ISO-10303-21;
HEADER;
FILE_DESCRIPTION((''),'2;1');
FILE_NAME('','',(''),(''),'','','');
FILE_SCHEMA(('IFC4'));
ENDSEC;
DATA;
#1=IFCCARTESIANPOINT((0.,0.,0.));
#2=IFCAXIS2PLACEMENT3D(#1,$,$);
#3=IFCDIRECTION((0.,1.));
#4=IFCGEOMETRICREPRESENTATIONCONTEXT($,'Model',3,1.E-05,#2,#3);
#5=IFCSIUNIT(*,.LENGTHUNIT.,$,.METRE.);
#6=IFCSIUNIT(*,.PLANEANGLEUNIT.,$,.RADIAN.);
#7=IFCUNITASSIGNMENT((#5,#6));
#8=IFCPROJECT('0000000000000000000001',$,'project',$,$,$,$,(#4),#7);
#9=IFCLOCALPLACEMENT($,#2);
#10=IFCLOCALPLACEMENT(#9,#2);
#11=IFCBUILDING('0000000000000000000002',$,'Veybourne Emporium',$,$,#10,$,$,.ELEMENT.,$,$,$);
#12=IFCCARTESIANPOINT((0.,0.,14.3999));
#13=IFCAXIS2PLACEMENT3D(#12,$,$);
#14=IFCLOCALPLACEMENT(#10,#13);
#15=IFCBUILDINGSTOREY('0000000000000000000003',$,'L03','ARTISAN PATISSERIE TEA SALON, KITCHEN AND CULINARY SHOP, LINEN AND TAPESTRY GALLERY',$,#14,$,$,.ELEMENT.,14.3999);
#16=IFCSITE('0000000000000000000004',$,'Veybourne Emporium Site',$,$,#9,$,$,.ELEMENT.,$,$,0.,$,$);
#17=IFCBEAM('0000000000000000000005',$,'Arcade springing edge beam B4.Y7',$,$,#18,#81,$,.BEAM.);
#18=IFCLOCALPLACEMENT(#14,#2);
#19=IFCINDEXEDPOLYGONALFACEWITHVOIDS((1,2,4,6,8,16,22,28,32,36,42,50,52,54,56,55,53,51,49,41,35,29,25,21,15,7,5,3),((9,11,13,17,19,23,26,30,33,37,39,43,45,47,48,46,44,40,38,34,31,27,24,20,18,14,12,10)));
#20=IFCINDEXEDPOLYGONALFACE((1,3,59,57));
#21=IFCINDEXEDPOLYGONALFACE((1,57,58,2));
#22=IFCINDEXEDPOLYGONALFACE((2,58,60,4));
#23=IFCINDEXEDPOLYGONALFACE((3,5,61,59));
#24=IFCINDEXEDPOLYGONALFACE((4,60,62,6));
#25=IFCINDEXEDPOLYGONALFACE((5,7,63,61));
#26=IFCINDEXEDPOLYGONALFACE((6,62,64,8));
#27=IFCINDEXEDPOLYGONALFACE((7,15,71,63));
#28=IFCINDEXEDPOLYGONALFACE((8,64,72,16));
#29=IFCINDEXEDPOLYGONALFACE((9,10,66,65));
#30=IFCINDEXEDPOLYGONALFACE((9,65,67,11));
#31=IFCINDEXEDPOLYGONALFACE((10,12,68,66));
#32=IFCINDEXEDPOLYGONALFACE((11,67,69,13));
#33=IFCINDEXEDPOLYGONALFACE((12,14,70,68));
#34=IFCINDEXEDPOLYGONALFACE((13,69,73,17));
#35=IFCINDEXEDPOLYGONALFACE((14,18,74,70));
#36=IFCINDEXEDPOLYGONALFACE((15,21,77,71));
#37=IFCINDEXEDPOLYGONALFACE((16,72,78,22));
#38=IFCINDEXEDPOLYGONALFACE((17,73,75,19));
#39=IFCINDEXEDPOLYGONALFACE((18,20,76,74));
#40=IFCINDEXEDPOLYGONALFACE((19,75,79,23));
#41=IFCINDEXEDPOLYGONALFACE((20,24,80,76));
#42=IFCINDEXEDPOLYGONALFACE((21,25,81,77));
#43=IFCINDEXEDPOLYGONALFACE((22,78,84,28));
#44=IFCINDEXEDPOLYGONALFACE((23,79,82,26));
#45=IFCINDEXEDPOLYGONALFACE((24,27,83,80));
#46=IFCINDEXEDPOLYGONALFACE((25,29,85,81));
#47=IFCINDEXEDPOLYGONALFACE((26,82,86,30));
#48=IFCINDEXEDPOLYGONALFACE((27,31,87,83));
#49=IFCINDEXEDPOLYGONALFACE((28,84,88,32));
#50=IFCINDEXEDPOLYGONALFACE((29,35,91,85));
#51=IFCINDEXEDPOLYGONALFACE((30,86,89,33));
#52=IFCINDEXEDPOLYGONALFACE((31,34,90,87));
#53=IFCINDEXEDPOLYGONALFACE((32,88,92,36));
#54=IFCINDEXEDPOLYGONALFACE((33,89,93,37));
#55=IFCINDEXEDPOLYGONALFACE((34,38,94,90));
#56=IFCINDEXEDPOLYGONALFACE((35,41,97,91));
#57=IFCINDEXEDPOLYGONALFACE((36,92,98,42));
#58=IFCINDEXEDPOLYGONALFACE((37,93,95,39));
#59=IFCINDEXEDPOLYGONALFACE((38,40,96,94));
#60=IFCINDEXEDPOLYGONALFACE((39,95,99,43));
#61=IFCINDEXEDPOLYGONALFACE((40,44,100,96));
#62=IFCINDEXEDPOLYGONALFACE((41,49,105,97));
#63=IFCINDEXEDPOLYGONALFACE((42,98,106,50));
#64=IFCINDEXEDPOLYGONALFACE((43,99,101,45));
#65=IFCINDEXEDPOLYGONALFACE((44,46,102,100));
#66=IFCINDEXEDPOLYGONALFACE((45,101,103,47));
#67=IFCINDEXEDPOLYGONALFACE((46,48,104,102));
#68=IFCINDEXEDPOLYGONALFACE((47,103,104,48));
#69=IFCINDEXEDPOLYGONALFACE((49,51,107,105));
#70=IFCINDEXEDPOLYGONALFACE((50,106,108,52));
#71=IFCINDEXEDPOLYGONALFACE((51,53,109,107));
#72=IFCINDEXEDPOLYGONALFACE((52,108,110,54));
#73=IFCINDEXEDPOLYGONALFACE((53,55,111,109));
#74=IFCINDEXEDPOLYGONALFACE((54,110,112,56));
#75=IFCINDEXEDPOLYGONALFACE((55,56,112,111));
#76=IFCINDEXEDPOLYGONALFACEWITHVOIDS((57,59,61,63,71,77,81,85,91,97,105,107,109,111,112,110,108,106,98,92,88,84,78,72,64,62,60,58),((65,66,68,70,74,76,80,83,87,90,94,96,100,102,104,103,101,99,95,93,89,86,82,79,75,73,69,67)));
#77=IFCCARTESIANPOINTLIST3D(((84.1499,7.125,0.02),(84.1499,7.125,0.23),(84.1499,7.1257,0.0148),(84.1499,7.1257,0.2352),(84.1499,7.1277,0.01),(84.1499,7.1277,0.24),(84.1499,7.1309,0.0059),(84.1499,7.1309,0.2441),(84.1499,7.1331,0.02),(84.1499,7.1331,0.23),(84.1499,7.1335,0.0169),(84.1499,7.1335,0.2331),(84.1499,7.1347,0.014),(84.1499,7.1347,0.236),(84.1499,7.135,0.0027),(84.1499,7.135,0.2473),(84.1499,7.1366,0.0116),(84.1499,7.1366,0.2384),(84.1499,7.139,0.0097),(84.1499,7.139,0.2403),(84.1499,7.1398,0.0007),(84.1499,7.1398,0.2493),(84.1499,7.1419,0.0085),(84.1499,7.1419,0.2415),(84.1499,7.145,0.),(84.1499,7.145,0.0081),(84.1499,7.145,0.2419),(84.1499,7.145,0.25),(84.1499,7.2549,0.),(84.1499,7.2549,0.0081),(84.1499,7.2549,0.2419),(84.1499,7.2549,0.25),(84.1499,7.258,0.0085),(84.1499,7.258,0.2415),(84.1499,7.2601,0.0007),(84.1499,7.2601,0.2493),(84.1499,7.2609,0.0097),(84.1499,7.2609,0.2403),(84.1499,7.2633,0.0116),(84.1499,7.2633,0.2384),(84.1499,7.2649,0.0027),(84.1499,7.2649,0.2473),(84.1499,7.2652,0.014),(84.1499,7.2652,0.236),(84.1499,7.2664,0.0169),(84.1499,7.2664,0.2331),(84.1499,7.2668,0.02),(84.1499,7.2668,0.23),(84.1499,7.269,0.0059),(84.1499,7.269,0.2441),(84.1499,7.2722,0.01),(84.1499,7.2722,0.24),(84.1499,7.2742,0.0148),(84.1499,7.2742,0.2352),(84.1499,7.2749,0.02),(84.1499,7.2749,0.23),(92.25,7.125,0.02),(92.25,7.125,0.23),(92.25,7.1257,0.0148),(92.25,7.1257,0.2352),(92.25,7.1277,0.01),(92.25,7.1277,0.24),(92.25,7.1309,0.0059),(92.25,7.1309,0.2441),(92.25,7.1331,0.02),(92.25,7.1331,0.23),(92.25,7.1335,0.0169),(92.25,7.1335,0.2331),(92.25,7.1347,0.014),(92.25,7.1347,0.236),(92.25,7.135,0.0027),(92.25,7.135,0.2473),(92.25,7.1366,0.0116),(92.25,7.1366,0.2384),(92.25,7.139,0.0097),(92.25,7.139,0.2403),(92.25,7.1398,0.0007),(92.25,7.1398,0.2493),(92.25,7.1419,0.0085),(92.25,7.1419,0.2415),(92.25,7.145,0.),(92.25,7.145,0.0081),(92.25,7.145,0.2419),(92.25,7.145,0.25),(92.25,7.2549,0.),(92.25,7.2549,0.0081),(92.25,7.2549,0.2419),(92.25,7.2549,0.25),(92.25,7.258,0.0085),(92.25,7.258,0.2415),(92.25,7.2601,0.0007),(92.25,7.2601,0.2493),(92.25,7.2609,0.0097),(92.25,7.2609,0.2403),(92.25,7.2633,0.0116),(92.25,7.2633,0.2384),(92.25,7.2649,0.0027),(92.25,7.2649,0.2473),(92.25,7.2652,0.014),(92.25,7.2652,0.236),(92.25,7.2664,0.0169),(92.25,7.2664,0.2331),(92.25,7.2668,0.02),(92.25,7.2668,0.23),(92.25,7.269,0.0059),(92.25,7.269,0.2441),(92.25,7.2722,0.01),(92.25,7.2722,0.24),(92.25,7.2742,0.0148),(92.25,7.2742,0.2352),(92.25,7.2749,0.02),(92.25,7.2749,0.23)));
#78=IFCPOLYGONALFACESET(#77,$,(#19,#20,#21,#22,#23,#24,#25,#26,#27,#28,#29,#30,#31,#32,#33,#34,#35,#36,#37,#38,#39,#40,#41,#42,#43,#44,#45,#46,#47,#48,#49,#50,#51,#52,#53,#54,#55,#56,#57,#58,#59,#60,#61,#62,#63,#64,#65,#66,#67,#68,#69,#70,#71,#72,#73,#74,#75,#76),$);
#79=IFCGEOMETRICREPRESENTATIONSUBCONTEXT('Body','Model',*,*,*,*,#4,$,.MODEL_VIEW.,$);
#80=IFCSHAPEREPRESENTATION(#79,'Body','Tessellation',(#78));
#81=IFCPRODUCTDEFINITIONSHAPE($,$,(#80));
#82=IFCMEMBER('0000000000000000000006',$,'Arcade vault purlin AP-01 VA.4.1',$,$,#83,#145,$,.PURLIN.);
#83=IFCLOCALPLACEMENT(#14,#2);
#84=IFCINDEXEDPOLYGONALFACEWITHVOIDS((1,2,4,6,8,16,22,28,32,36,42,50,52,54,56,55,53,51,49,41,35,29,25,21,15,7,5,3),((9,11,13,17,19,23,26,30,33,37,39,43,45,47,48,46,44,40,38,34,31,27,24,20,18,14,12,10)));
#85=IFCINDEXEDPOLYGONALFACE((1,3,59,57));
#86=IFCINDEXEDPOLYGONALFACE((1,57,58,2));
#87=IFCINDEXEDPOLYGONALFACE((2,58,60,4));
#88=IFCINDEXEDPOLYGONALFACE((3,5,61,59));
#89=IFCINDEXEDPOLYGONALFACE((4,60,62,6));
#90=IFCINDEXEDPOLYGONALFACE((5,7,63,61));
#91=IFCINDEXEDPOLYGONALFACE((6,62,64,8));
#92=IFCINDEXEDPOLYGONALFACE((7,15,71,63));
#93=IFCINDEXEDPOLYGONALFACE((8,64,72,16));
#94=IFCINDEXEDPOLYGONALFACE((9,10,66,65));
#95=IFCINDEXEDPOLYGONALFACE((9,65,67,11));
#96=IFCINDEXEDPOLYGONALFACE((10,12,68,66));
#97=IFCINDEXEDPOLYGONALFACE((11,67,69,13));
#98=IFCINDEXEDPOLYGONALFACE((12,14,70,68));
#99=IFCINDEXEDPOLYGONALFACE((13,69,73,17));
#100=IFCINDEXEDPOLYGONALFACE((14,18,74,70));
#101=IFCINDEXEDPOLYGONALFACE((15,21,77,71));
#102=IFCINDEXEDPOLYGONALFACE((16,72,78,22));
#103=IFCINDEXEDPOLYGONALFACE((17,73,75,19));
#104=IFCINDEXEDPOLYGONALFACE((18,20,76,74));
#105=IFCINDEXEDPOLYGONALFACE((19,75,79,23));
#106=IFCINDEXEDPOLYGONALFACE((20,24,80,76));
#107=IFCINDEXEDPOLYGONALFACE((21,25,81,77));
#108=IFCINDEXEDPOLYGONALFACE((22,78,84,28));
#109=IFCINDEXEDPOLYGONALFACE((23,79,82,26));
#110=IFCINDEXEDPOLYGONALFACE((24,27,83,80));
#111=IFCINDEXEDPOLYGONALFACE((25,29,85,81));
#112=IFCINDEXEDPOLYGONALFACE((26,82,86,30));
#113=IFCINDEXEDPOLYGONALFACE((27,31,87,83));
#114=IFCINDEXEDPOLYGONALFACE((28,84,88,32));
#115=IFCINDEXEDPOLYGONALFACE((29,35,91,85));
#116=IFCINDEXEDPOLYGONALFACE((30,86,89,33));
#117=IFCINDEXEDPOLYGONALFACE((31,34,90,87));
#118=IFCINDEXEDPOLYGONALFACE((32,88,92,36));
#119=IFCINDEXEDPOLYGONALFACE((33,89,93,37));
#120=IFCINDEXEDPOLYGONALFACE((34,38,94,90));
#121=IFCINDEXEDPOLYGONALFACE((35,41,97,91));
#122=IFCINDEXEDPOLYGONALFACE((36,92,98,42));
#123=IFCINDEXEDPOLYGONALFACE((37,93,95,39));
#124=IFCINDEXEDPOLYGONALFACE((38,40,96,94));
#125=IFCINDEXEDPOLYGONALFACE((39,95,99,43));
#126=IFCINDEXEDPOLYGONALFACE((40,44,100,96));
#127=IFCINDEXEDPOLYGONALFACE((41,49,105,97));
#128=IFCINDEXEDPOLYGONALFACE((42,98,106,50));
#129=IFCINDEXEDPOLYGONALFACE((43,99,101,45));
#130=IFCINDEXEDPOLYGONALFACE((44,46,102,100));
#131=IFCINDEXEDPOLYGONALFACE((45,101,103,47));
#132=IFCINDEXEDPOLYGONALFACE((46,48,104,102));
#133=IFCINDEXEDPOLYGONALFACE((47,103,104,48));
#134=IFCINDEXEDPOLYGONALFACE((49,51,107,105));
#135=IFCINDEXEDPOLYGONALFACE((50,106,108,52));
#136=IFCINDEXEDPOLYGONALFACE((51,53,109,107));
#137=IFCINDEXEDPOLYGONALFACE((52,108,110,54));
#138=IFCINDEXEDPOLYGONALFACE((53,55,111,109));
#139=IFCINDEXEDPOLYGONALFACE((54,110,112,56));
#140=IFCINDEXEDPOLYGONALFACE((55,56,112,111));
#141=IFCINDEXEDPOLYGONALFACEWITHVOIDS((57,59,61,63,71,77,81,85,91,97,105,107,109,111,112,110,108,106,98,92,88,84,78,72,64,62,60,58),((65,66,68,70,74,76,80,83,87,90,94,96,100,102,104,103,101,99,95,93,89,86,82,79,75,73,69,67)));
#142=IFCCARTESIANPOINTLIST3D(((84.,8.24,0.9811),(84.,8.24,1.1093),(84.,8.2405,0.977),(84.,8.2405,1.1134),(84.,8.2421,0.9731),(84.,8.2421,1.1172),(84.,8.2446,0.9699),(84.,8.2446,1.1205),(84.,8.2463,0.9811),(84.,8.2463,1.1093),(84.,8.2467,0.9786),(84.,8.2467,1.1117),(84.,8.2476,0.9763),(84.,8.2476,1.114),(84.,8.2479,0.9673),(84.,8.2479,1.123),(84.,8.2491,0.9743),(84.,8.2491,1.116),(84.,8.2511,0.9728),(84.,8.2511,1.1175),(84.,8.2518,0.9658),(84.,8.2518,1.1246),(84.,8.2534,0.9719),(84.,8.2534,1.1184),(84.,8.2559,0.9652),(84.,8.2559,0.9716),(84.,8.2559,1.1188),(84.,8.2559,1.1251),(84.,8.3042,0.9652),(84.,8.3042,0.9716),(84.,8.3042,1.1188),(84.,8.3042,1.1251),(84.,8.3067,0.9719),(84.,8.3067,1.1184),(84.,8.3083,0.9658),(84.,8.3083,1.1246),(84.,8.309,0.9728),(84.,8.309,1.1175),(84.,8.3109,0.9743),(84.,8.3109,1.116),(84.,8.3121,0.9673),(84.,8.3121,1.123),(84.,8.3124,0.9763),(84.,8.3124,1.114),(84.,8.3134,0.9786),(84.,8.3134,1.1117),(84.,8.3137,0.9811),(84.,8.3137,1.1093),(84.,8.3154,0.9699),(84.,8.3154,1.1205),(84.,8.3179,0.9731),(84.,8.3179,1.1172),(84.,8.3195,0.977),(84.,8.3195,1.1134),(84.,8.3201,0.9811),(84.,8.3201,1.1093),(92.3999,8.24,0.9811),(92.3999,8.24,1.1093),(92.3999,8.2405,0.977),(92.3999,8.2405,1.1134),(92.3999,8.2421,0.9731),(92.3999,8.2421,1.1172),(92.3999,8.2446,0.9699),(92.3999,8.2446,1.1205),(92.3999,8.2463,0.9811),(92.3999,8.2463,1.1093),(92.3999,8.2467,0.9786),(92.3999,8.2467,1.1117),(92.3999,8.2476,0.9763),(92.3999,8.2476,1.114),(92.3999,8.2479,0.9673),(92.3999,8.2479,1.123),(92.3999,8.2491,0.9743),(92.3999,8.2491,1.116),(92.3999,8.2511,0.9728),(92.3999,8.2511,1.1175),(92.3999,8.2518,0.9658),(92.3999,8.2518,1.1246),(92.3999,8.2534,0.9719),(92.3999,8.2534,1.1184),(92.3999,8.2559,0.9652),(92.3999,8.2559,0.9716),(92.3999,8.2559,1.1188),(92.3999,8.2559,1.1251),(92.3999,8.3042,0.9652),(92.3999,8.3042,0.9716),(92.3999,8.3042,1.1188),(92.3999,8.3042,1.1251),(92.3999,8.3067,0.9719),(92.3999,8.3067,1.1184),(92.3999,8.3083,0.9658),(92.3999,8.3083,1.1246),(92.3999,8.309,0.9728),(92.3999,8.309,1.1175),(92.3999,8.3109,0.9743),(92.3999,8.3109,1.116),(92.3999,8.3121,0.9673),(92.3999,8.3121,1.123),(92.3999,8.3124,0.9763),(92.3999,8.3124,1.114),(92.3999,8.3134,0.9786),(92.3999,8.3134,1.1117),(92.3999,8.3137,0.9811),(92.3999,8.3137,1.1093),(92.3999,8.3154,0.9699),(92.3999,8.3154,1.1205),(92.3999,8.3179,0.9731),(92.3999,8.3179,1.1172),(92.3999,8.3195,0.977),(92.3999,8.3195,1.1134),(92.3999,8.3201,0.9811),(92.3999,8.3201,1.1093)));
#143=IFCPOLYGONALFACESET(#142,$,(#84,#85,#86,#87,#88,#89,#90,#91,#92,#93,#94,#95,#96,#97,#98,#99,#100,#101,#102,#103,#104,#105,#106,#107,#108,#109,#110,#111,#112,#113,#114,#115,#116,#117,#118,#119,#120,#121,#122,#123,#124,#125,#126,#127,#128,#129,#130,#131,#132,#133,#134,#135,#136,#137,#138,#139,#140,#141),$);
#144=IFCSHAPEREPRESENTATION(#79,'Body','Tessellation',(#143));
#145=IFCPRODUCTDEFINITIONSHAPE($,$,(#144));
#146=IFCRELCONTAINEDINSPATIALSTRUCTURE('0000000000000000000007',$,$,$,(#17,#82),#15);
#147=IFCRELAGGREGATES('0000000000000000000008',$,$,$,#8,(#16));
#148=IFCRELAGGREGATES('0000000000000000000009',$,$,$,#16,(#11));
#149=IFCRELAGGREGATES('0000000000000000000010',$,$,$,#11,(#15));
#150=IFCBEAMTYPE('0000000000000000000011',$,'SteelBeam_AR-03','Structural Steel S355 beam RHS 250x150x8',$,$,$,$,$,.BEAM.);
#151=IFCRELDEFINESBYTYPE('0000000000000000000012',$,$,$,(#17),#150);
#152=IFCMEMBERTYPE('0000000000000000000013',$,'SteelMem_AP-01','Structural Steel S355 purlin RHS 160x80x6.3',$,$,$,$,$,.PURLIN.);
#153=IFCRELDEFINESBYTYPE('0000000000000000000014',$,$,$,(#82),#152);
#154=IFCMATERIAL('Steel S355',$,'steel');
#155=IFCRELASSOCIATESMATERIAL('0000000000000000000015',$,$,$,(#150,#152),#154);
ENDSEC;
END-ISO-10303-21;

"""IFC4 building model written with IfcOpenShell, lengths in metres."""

from ifc_helpers import new_model, si_unit, direction, frame, origin, origin_2d, place, context, subcontext, project, spatial, hollow_rectangle, extrude, material, material_profile, profile_set, type_object, element, save


model = new_model("IFC4")

# Units and contexts
model_context = context("Model", 3, precision=1e-05, world=origin(), true_north=direction((0.0, 1.0)))
body_context = subcontext(model_context, "Body", "Model", "MODEL_VIEW")
ifc_project = project(units=[si_unit("LENGTHUNIT", "METRE"), si_unit("PLANEANGLEUNIT", "RADIAN")], contexts=[model_context])

# Site, building, storey
site_placement = place(None, origin())
site = spatial("IfcSite", under=ifc_project, at=site_placement, Name="Veybourne Emporium Site", CompositionType="ELEMENT", RefElevation=0.0)
building_placement = place(site_placement, origin())
building = spatial("IfcBuilding", under=site, at=building_placement, Name="Veybourne Emporium", CompositionType="ELEMENT")
storey_placement = place(building_placement, frame((0.0, 0.0, 14.3999)))
storey = spatial("IfcBuildingStorey", under=building, at=storey_placement, Name="L03", Description="ARTISAN PATISSERIE TEA SALON, KITCHEN AND CULINARY SHOP, LINEN AND TAPESTRY GALLERY", CompositionType="ELEMENT", Elevation=14.3999)

# Beam
ifc_material_1 = material(Name="Steel S355", Category="steel")
ifc_material_profile_1 = material_profile(ifc_material_1, hollow_rectangle(XDim=0.1499, YDim=0.25, WallThickness=0.0081, InnerFilletRadius=0.012, OuterFilletRadius=0.02, at=origin_2d()), Name="RHS 250x150x8")
ifc_profile_set_1 = profile_set([ifc_material_profile_1], Name="Steel S355")
beam_type_1 = type_object("IfcBeamType", Name="SteelBeam_AR-03", Description="Structural Steel S355 beam RHS 250x150x8", PredefinedType="BEAM", material=ifc_profile_set_1)
for number, where, z_axis, x_axis, name in (
    (1, (84.1499, 7.2, 0.125), (1.0, 0.0, 0.0), (0.0, 1.0, 0.0), "Arcade springing edge beam B4.Y7"),
):
    element("IfcBeam", number, at=place(storey_placement, frame(where, z_axis=z_axis, x_axis=x_axis)), inside=storey, type_object=beam_type_1, Name=name, PredefinedType="BEAM", context=body_context, shape_type="SweptSolid", body=[
        extrude(hollow_rectangle(XDim=0.1499, YDim=0.25, WallThickness=0.0081, InnerFilletRadius=0.012, OuterFilletRadius=0.02, at=origin_2d()), origin(), (0.0, 0.0, 1.0), 8.1001),
    ])

# Member
ifc_material_profile_2 = material_profile(ifc_material_1, hollow_rectangle(XDim=0.0801, YDim=0.1599, WallThickness=0.0063, InnerFilletRadius=0.0095, OuterFilletRadius=0.0159, at=origin_2d()), Name="RHS 160x80x6.3")
ifc_profile_set_2 = profile_set([ifc_material_profile_2], Name="Steel S355")
member_type_1 = type_object("IfcMemberType", Name="SteelMem_AP-01", Description="Structural Steel S355 purlin RHS 160x80x6.3", PredefinedType="PURLIN", material=ifc_profile_set_2)
for number, where, z_axis, x_axis, name in (
    (2, (84.0, 8.28, 1.0452), (1.0, 0.0, 0.0), (0.0, 1.0, 0.0), "Arcade vault purlin AP-01 VA.4.1"),
):
    element("IfcMember", number, at=place(storey_placement, frame(where, z_axis=z_axis, x_axis=x_axis)), inside=storey, type_object=member_type_1, Name=name, PredefinedType="PURLIN", context=body_context, shape_type="SweptSolid", body=[
        extrude(hollow_rectangle(XDim=0.0801, YDim=0.1599, WallThickness=0.0063, InnerFilletRadius=0.0095, OuterFilletRadius=0.0159, at=origin_2d()), origin(), (0.0, 0.0, 1.0), 8.3999),
    ])

save(model, "model.ifc")
